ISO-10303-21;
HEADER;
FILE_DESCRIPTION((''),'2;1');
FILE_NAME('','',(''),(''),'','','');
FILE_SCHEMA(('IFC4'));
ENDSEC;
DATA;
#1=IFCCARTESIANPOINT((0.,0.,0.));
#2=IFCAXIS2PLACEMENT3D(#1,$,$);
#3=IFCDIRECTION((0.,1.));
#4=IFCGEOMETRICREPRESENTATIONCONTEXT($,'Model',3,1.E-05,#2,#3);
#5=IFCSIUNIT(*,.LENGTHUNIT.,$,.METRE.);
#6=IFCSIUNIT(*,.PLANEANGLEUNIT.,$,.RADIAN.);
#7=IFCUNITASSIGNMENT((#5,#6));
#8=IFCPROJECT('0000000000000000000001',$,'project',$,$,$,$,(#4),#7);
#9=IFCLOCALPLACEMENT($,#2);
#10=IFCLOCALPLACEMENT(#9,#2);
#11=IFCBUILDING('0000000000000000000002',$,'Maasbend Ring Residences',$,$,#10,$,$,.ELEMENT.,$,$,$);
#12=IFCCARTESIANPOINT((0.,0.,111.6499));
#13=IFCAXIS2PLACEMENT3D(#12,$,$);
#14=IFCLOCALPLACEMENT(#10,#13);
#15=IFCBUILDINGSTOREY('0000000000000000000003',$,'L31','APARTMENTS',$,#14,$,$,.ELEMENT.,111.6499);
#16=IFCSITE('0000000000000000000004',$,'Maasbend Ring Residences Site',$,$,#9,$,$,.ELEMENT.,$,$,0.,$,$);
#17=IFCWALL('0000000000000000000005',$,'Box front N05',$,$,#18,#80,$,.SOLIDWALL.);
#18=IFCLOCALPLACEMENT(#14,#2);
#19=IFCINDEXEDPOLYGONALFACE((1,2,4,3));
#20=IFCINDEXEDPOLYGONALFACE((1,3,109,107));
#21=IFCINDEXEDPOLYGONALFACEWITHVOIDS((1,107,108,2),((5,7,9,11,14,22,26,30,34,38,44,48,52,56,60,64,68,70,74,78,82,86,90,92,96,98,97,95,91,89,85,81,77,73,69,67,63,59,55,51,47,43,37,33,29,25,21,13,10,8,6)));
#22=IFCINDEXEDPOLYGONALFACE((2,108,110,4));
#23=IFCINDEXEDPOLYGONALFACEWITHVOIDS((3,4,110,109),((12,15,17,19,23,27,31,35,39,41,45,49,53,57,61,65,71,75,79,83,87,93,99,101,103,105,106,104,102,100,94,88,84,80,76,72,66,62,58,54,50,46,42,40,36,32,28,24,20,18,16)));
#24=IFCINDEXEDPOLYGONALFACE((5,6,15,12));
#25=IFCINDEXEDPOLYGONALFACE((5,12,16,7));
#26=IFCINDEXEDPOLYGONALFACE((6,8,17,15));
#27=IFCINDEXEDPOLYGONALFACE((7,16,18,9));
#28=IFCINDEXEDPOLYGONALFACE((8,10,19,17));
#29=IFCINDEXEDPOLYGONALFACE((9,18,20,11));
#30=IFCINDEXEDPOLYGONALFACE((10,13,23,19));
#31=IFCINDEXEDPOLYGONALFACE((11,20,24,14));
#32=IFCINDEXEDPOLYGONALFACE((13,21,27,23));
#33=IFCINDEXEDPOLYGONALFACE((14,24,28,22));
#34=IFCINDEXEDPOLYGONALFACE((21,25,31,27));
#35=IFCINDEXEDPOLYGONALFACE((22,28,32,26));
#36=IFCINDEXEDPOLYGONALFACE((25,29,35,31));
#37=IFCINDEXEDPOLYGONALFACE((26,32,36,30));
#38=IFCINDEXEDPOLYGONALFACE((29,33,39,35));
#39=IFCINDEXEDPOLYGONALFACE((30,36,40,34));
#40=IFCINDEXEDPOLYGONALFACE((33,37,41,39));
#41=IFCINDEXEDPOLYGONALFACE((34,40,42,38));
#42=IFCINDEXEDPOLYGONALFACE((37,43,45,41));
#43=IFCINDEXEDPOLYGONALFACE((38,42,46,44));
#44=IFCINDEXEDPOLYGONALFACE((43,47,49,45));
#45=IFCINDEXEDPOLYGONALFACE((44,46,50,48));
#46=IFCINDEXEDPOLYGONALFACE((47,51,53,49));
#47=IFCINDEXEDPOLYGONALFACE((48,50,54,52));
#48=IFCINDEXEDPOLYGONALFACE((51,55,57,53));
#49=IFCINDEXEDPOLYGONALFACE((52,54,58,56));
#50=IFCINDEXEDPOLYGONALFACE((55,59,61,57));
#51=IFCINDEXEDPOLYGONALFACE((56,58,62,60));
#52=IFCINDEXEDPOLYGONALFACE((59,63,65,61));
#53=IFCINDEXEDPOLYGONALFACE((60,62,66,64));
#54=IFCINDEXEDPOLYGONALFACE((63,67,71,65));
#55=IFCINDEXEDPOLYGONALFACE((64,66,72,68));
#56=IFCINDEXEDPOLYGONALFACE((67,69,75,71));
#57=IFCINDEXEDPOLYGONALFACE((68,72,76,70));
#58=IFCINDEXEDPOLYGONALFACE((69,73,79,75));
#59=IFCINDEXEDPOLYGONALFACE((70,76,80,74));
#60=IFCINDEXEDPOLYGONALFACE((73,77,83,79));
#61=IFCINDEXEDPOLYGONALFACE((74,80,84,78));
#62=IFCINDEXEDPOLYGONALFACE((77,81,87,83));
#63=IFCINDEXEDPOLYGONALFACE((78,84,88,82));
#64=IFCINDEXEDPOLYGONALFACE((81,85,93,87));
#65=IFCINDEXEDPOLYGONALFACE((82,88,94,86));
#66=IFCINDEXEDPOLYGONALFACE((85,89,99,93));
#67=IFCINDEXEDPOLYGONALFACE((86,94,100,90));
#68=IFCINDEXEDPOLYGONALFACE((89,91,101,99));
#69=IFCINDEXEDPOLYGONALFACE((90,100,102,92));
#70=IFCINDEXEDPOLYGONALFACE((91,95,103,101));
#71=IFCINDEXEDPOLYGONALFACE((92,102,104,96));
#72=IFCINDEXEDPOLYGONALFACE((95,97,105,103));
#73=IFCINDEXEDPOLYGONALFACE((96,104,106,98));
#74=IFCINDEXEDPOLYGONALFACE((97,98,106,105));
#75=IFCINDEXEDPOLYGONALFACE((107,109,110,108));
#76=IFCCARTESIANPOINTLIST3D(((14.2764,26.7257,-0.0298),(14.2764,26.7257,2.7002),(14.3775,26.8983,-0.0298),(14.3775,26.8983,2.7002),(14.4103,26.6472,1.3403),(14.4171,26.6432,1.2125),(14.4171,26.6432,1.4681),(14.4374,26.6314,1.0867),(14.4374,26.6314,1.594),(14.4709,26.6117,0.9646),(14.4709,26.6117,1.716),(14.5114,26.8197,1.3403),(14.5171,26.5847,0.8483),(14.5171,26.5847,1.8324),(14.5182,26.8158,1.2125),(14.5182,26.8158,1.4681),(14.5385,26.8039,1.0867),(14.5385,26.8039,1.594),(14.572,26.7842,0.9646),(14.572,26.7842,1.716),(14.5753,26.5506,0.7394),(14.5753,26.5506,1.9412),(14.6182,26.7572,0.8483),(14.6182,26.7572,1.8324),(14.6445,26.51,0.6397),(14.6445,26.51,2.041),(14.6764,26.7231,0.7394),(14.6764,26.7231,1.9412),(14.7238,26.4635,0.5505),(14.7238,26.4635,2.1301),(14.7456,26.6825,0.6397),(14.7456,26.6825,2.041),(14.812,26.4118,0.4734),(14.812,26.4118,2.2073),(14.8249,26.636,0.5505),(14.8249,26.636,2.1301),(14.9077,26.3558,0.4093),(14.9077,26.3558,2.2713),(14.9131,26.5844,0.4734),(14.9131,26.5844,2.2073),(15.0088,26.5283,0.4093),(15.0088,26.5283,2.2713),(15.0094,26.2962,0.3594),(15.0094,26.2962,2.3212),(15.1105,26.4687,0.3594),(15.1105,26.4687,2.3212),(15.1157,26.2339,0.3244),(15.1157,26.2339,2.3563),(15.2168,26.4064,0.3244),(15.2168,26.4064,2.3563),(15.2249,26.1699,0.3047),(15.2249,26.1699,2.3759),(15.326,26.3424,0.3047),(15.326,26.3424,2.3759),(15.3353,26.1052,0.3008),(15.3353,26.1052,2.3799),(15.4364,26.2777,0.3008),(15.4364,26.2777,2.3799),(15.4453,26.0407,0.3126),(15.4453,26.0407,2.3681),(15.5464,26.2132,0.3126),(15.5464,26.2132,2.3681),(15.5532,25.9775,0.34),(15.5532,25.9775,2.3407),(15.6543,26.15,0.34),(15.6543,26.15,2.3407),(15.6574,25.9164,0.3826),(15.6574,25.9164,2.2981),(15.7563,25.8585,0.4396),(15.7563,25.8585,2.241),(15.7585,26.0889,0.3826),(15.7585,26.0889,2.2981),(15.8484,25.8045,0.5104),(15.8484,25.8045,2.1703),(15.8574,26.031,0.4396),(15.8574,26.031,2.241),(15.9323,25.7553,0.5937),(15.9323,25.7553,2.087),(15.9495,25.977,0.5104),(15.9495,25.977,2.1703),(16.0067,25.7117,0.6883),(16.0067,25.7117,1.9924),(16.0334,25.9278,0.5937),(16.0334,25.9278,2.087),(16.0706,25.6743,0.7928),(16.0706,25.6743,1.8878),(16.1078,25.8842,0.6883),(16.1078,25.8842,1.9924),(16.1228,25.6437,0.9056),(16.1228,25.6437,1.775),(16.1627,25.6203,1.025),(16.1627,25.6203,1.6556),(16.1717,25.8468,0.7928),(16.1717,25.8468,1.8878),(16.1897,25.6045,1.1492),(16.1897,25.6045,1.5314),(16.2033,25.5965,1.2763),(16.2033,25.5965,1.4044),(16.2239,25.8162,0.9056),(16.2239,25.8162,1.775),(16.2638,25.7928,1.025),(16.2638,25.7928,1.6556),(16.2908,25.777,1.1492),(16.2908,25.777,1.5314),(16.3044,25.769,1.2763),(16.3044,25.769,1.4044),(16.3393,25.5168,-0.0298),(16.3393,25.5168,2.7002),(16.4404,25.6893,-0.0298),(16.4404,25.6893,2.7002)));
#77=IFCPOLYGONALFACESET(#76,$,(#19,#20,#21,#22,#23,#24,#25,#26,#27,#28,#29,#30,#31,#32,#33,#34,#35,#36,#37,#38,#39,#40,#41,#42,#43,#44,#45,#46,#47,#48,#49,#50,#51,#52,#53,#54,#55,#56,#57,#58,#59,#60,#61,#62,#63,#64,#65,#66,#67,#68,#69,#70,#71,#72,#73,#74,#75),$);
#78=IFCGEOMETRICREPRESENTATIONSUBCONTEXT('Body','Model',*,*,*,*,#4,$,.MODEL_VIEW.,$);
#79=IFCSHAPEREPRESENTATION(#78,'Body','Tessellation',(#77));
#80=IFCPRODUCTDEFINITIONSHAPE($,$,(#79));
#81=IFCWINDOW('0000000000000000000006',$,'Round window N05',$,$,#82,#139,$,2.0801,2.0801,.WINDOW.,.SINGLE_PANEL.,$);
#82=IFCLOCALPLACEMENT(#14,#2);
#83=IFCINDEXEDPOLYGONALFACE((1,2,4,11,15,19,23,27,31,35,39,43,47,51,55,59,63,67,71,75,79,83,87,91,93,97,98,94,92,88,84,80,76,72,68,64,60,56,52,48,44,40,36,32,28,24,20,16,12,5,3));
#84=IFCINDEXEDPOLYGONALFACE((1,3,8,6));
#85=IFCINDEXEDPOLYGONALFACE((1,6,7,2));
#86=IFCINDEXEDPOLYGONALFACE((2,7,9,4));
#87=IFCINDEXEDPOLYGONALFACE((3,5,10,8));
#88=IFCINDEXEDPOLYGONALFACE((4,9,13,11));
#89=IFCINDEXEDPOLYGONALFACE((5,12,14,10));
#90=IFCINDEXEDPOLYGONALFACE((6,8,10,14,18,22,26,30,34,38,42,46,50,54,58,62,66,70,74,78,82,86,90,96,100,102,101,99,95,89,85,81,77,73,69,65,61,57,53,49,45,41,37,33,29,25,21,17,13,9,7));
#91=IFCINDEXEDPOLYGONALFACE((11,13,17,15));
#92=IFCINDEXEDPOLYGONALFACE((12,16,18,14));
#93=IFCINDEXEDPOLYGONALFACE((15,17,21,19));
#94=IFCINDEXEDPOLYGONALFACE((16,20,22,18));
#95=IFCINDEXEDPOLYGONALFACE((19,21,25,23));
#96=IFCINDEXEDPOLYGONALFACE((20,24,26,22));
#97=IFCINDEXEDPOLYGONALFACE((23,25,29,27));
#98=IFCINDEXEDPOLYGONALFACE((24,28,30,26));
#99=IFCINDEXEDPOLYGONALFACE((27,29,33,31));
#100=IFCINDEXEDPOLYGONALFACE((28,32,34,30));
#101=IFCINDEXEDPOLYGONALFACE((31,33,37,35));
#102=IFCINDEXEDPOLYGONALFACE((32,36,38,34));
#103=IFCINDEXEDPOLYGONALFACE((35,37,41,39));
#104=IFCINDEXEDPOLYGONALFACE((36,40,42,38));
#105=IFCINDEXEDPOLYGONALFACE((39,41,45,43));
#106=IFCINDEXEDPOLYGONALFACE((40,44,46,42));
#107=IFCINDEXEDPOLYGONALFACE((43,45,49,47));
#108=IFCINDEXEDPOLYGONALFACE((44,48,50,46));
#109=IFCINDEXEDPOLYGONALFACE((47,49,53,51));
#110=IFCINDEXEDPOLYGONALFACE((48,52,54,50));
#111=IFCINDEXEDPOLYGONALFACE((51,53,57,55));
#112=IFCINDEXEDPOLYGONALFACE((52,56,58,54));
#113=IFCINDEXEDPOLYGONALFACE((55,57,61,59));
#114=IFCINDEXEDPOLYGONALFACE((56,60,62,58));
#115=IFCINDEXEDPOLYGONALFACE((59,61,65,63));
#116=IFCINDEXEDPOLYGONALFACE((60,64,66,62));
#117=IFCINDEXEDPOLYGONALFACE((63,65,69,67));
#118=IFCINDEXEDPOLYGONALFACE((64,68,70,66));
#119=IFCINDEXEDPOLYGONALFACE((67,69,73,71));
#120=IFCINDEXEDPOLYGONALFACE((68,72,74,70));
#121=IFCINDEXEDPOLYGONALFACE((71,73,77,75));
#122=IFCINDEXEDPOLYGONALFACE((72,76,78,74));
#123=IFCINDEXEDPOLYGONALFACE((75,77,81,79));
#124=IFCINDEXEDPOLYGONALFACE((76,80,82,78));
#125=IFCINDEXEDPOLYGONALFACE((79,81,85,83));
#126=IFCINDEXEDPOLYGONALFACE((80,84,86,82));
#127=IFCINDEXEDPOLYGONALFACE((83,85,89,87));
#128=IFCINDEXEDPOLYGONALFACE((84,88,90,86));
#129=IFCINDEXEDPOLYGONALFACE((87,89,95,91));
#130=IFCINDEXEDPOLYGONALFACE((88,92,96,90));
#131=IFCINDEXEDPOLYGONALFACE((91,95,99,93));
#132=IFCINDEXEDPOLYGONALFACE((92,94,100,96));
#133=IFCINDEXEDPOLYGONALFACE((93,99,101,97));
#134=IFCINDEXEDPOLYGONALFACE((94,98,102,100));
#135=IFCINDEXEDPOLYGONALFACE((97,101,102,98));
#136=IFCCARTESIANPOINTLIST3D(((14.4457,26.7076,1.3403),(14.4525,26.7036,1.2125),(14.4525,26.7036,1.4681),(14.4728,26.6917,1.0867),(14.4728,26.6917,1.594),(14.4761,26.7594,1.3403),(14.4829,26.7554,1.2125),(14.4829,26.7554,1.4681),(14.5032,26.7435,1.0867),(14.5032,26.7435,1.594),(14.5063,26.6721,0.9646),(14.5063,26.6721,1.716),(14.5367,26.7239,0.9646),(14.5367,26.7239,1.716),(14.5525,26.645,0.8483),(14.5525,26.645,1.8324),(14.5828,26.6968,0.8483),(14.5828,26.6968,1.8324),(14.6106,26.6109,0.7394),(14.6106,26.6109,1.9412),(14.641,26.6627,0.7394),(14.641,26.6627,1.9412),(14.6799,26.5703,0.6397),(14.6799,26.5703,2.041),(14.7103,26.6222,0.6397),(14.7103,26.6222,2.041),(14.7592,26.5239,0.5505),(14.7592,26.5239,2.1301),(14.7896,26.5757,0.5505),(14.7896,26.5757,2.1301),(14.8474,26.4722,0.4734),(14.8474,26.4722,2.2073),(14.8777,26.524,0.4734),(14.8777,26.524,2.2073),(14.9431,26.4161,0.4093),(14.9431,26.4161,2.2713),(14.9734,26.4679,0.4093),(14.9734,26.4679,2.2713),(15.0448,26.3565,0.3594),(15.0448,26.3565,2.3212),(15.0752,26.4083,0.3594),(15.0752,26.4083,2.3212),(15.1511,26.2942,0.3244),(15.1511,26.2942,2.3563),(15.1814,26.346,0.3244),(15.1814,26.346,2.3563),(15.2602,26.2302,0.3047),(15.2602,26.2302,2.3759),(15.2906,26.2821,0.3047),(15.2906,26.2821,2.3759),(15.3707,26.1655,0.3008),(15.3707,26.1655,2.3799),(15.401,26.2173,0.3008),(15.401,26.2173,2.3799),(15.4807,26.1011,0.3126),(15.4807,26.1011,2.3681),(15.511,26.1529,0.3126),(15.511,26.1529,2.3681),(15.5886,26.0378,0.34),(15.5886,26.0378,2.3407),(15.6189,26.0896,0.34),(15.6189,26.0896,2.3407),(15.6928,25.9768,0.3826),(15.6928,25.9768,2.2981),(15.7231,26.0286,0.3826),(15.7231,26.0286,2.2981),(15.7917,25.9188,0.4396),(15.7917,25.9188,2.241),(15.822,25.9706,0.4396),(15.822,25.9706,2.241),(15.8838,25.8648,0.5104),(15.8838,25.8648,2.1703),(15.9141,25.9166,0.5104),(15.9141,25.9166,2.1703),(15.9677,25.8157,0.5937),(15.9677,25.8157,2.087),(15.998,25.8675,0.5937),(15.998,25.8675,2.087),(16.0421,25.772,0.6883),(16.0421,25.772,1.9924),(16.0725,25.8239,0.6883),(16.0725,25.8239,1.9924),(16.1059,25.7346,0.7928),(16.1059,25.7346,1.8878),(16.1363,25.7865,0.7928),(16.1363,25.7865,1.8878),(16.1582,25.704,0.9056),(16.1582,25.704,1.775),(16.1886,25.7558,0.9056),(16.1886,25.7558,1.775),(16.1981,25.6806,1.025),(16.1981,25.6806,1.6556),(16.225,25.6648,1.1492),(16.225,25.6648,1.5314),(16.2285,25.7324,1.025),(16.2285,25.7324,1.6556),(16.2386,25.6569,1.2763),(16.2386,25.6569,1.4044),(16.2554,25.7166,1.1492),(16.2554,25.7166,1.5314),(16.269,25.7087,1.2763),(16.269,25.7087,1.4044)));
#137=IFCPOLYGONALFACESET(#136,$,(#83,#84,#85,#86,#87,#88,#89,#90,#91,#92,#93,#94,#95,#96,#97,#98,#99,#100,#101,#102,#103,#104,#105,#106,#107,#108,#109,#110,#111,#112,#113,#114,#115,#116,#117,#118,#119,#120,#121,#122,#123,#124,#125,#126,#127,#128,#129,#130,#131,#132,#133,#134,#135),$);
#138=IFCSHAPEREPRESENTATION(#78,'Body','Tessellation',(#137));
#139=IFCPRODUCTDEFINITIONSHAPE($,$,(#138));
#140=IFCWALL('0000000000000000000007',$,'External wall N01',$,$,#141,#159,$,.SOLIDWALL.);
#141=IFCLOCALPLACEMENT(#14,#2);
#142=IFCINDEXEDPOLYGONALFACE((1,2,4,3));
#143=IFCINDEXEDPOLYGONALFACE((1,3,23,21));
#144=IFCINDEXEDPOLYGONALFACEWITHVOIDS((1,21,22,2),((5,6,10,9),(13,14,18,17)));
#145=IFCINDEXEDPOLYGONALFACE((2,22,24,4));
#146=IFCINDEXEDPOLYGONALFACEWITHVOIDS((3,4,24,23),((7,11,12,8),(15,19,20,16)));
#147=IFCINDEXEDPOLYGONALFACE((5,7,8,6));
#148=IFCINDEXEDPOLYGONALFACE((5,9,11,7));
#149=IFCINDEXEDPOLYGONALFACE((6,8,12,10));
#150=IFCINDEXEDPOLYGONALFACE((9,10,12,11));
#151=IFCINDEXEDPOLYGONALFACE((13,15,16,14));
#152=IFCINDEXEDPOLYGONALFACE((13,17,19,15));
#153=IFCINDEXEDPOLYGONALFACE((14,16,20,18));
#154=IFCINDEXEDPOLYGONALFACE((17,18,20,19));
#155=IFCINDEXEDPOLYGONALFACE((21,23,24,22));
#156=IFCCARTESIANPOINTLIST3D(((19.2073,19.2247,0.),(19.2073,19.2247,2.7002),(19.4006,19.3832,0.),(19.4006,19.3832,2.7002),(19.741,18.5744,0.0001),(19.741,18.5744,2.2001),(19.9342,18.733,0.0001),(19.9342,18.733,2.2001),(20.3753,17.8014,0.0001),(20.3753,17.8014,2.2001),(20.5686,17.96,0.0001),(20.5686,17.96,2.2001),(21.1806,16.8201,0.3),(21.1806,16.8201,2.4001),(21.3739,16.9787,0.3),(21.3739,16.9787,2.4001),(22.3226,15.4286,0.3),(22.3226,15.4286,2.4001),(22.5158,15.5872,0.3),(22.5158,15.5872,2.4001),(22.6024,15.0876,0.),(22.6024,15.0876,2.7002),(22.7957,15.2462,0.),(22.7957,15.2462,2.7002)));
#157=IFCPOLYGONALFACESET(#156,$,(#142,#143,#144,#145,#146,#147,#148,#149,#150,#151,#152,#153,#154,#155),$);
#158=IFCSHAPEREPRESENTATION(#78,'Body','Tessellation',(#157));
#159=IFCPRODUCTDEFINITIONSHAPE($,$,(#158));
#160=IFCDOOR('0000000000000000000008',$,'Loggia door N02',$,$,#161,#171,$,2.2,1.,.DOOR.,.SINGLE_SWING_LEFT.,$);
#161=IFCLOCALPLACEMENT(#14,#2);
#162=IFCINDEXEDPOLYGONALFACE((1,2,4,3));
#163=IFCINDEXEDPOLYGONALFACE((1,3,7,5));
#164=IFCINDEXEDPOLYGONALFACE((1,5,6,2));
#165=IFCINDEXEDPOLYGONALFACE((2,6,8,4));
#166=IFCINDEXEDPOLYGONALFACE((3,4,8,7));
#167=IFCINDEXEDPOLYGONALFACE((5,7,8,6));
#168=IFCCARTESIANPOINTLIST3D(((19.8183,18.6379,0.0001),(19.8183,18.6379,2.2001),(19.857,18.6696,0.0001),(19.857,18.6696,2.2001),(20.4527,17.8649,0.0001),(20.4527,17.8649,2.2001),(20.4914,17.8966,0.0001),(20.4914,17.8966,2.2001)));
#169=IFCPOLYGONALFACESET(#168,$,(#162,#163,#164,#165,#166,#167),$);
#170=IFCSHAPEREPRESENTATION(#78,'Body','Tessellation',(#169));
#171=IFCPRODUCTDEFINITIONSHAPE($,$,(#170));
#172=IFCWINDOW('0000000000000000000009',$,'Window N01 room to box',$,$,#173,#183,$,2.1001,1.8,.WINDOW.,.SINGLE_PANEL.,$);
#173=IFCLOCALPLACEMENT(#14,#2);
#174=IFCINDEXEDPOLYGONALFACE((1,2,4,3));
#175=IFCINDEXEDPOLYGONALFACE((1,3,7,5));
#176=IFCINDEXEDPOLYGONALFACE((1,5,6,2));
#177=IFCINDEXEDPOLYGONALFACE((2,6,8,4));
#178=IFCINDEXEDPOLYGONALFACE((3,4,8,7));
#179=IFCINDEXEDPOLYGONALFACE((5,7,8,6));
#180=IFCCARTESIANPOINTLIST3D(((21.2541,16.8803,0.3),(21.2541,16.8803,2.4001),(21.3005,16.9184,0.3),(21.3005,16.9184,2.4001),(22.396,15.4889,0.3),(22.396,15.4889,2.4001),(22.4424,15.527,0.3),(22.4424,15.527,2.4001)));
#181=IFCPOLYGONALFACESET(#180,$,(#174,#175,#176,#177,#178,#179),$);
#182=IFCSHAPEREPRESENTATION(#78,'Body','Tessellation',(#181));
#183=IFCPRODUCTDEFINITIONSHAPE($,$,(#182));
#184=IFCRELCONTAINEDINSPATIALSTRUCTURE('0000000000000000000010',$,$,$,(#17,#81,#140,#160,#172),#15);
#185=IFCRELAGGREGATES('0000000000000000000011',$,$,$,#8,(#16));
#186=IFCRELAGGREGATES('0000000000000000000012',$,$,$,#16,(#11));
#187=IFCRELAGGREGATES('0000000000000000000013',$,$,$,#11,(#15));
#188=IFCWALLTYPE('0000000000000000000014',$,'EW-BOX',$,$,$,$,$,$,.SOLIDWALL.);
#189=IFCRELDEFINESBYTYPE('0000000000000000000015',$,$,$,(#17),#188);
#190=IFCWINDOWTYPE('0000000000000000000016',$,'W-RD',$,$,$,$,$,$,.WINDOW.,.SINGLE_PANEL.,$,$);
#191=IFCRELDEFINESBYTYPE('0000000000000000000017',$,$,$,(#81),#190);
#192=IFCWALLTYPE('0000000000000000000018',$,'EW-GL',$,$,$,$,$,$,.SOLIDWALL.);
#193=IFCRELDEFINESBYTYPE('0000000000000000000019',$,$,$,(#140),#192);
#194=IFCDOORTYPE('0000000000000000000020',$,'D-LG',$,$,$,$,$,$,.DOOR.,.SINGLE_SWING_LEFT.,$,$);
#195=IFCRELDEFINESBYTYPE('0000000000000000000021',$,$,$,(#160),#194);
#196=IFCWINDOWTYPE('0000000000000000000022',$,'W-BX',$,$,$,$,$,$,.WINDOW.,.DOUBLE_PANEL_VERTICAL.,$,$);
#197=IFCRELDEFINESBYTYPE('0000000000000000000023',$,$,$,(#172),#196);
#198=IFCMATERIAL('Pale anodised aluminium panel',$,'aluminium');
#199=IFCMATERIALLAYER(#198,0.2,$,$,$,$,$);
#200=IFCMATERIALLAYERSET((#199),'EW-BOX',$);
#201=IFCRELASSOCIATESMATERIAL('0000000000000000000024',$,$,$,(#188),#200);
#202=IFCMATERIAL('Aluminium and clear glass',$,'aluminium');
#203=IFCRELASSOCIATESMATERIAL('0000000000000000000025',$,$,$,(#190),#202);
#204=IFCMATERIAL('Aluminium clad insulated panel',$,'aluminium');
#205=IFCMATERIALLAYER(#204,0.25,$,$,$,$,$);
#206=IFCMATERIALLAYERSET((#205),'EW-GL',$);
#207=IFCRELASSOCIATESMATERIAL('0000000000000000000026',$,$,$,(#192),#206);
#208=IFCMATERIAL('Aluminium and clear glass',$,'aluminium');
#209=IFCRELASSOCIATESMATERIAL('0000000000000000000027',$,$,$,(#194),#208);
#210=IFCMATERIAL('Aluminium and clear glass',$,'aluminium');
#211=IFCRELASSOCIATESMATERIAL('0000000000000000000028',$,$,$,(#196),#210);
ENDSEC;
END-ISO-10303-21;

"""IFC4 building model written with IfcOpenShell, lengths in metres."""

from ifc_helpers import new_model, si_unit, direction, frame, frame_2d, origin, place, context, subcontext, project, spatial, rectangle, circle, extrude, material, layer, layer_set, type_object, element, fill, save


model = new_model("IFC4")

# Units and contexts
model_context = context("Model", 3, precision=1e-05, world=origin(), true_north=direction((0.0, 1.0)))
body_context = subcontext(model_context, "Body", "Model", "MODEL_VIEW")
ifc_project = project(units=[si_unit("LENGTHUNIT", "METRE"), si_unit("PLANEANGLEUNIT", "RADIAN")], contexts=[model_context])

# Site, building, storey
site_placement = place(None, origin())
site = spatial("IfcSite", under=ifc_project, at=site_placement, Name="Maasbend Ring Residences Site", CompositionType="ELEMENT", RefElevation=0.0)
building_placement = place(site_placement, origin())
building = spatial("IfcBuilding", under=site, at=building_placement, Name="Maasbend Ring Residences", CompositionType="ELEMENT")
storey_placement = place(building_placement, frame((0.0, 0.0, 111.6499)))
storey = spatial("IfcBuildingStorey", under=building, at=storey_placement, Name="L31", Description="APARTMENTS", CompositionType="ELEMENT", Elevation=111.6499)

# Shared definitions
ifc_material_1 = material(Name="Pale anodised aluminium panel", Category="aluminium")
ifc_layer_1 = layer(ifc_material_1, 0.2)
ifc_layer_set_1 = layer_set([ifc_layer_1], Name="EW-BOX")
wall_type_1 = type_object("IfcWallType", Name="EW-BOX", PredefinedType="SOLIDWALL", material=ifc_layer_set_1)
ifc_material_2 = material(Name="Aluminium and clear glass", Category="aluminium")
window_type_1 = type_object("IfcWindowType", Name="W-RD", PartitioningType="SINGLE_PANEL", PredefinedType="WINDOW", material=ifc_material_2)

# Wall, opening, window
wall_1_placement = place(storey_placement, frame((16.3899, 25.603, -0.0298), z_axis=(0.0, 0.0, 1.0), x_axis=(-0.862762, 0.505609, 0.0)))
wall_1 = element("IfcWall", 1, at=wall_1_placement, inside=storey, type_object=wall_type_1, Name="Box front N05", PredefinedType="SOLIDWALL", context=body_context, shape_type="SweptSolid", body=[
    extrude(rectangle(XDim=2.3911, YDim=0.2, at=frame_2d((1.1956, 0.0))), origin(), (0.0, 0.0, 1.0), 2.73),
])
opening_1_placement = place(wall_1_placement, frame((0.1558, 0.0, 0.3301)))
opening_1 = element("IfcOpeningElement", 2, at=opening_1_placement, cuts=wall_1, PredefinedType="OPENING", context=body_context, shape_type="SweptSolid", body=[
    extrude(circle(Radius=1.04, at=frame_2d((1.04, 1.04))), frame((0.0, 0.1099, 0.0), z_axis=(0.0, -1.0, 0.0), x_axis=(1.0, 0.0, 0.0)), (0.0, 0.0, 1.0), 0.22),
])
window_1_placement = place(opening_1_placement, origin())
window_1 = element("IfcWindow", 3, at=window_1_placement, inside=storey, type_object=window_type_1, Name="Round window N05", OverallHeight=2.0801, OverallWidth=2.0801, PartitioningType="SINGLE_PANEL", PredefinedType="WINDOW", context=body_context, shape_type="SweptSolid", body=[
    extrude(circle(Radius=1.04, at=frame_2d((1.04, 1.04))), frame((0.0, 0.03, 0.0), z_axis=(0.0, -1.0, 0.0), x_axis=(1.0, 0.0, 0.0)), (0.0, 0.0, 1.0), 0.0601),
])
fill(opening_1, window_1)

# Wall, openings, door, window
ifc_material_3 = material(Name="Aluminium clad insulated panel", Category="aluminium")
ifc_layer_2 = layer(ifc_material_3, 0.25)
ifc_layer_set_2 = layer_set([ifc_layer_2], Name="EW-GL")
wall_type_2 = type_object("IfcWallType", Name="EW-GL", PredefinedType="SOLIDWALL", material=ifc_layer_set_2)
wall_2_placement = place(storey_placement, frame((22.699, 15.167, 0.0), z_axis=(0.0, 0.0, 1.0), x_axis=(-0.634382, 0.773019, 0.0)))
wall_2 = element("IfcWall", 4, at=wall_2_placement, inside=storey, type_object=wall_type_2, Name="External wall N01", PredefinedType="SOLIDWALL", context=body_context, shape_type="SweptSolid", body=[
    extrude(rectangle(XDim=5.3518, YDim=0.25, at=frame_2d((2.6758, 0.0))), origin(), (0.0, 0.0, 1.0), 2.7002),
])
opening_2_placement = place(wall_2_placement, frame((0.4412, 0.0, 0.3)))
opening_2 = element("IfcOpeningElement", 5, at=opening_2_placement, cuts=wall_2, PredefinedType="OPENING", context=body_context, shape_type="SweptSolid", body=[
    extrude(rectangle(XDim=1.8, YDim=2.1001, at=frame_2d((0.8999, 1.05))), frame((0.0, 0.135, 0.0), z_axis=(0.0, -1.0, 0.0), x_axis=(1.0, 0.0, 0.0)), (0.0, 0.0, 1.0), 0.27),
])
opening_3_placement = place(wall_2_placement, frame((3.5105, 0.0, 0.0)))
opening_3 = element("IfcOpeningElement", 6, at=opening_3_placement, cuts=wall_2, PredefinedType="OPENING", context=body_context, shape_type="SweptSolid", body=[
    extrude(rectangle(XDim=1.0, YDim=2.2, at=frame_2d((0.5, 1.1001))), frame((0.0, 0.135, 0.0), z_axis=(0.0, -1.0, 0.0), x_axis=(1.0, 0.0, 0.0)), (0.0, 0.0, 1.0), 0.27),
])
ifc_material_4 = material(Name="Aluminium and clear glass", Category="aluminium")
door_type = type_object("IfcDoorType", Name="D-LG", OperationType="SINGLE_SWING_LEFT", PredefinedType="DOOR", material=ifc_material_4)
door_1_placement = place(opening_3_placement, origin())
door_1 = element("IfcDoor", 7, at=door_1_placement, inside=storey, type_object=door_type, Name="Loggia door N02", OperationType="SINGLE_SWING_LEFT", OverallHeight=2.2, OverallWidth=1.0, PredefinedType="DOOR", context=body_context, shape_type="SweptSolid", body=[
    extrude(rectangle(XDim=1.0, YDim=2.2, at=frame_2d((0.5, 1.1001))), frame((0.0, 0.0249, 0.0), z_axis=(0.0, -1.0, 0.0), x_axis=(1.0, 0.0, 0.0)), (0.0, 0.0, 1.0), 0.05),
])
fill(opening_3, door_1)
ifc_material_5 = material(Name="Aluminium and clear glass", Category="aluminium")
window_type_2 = type_object("IfcWindowType", Name="W-BX", PartitioningType="DOUBLE_PANEL_VERTICAL", PredefinedType="WINDOW", material=ifc_material_5)
window_2_placement = place(opening_2_placement, origin())
window_2 = element("IfcWindow", 8, at=window_2_placement, inside=storey, type_object=window_type_2, Name="Window N01 room to box", OverallHeight=2.1001, OverallWidth=1.8, PartitioningType="SINGLE_PANEL", PredefinedType="WINDOW", context=body_context, shape_type="SweptSolid", body=[
    extrude(rectangle(XDim=1.8, YDim=2.1001, at=frame_2d((0.8999, 1.05))), frame((0.0, 0.03, 0.0), z_axis=(0.0, -1.0, 0.0), x_axis=(1.0, 0.0, 0.0)), (0.0, 0.0, 1.0), 0.0601),
])
fill(opening_2, window_2)

save(model, "model.ifc")
